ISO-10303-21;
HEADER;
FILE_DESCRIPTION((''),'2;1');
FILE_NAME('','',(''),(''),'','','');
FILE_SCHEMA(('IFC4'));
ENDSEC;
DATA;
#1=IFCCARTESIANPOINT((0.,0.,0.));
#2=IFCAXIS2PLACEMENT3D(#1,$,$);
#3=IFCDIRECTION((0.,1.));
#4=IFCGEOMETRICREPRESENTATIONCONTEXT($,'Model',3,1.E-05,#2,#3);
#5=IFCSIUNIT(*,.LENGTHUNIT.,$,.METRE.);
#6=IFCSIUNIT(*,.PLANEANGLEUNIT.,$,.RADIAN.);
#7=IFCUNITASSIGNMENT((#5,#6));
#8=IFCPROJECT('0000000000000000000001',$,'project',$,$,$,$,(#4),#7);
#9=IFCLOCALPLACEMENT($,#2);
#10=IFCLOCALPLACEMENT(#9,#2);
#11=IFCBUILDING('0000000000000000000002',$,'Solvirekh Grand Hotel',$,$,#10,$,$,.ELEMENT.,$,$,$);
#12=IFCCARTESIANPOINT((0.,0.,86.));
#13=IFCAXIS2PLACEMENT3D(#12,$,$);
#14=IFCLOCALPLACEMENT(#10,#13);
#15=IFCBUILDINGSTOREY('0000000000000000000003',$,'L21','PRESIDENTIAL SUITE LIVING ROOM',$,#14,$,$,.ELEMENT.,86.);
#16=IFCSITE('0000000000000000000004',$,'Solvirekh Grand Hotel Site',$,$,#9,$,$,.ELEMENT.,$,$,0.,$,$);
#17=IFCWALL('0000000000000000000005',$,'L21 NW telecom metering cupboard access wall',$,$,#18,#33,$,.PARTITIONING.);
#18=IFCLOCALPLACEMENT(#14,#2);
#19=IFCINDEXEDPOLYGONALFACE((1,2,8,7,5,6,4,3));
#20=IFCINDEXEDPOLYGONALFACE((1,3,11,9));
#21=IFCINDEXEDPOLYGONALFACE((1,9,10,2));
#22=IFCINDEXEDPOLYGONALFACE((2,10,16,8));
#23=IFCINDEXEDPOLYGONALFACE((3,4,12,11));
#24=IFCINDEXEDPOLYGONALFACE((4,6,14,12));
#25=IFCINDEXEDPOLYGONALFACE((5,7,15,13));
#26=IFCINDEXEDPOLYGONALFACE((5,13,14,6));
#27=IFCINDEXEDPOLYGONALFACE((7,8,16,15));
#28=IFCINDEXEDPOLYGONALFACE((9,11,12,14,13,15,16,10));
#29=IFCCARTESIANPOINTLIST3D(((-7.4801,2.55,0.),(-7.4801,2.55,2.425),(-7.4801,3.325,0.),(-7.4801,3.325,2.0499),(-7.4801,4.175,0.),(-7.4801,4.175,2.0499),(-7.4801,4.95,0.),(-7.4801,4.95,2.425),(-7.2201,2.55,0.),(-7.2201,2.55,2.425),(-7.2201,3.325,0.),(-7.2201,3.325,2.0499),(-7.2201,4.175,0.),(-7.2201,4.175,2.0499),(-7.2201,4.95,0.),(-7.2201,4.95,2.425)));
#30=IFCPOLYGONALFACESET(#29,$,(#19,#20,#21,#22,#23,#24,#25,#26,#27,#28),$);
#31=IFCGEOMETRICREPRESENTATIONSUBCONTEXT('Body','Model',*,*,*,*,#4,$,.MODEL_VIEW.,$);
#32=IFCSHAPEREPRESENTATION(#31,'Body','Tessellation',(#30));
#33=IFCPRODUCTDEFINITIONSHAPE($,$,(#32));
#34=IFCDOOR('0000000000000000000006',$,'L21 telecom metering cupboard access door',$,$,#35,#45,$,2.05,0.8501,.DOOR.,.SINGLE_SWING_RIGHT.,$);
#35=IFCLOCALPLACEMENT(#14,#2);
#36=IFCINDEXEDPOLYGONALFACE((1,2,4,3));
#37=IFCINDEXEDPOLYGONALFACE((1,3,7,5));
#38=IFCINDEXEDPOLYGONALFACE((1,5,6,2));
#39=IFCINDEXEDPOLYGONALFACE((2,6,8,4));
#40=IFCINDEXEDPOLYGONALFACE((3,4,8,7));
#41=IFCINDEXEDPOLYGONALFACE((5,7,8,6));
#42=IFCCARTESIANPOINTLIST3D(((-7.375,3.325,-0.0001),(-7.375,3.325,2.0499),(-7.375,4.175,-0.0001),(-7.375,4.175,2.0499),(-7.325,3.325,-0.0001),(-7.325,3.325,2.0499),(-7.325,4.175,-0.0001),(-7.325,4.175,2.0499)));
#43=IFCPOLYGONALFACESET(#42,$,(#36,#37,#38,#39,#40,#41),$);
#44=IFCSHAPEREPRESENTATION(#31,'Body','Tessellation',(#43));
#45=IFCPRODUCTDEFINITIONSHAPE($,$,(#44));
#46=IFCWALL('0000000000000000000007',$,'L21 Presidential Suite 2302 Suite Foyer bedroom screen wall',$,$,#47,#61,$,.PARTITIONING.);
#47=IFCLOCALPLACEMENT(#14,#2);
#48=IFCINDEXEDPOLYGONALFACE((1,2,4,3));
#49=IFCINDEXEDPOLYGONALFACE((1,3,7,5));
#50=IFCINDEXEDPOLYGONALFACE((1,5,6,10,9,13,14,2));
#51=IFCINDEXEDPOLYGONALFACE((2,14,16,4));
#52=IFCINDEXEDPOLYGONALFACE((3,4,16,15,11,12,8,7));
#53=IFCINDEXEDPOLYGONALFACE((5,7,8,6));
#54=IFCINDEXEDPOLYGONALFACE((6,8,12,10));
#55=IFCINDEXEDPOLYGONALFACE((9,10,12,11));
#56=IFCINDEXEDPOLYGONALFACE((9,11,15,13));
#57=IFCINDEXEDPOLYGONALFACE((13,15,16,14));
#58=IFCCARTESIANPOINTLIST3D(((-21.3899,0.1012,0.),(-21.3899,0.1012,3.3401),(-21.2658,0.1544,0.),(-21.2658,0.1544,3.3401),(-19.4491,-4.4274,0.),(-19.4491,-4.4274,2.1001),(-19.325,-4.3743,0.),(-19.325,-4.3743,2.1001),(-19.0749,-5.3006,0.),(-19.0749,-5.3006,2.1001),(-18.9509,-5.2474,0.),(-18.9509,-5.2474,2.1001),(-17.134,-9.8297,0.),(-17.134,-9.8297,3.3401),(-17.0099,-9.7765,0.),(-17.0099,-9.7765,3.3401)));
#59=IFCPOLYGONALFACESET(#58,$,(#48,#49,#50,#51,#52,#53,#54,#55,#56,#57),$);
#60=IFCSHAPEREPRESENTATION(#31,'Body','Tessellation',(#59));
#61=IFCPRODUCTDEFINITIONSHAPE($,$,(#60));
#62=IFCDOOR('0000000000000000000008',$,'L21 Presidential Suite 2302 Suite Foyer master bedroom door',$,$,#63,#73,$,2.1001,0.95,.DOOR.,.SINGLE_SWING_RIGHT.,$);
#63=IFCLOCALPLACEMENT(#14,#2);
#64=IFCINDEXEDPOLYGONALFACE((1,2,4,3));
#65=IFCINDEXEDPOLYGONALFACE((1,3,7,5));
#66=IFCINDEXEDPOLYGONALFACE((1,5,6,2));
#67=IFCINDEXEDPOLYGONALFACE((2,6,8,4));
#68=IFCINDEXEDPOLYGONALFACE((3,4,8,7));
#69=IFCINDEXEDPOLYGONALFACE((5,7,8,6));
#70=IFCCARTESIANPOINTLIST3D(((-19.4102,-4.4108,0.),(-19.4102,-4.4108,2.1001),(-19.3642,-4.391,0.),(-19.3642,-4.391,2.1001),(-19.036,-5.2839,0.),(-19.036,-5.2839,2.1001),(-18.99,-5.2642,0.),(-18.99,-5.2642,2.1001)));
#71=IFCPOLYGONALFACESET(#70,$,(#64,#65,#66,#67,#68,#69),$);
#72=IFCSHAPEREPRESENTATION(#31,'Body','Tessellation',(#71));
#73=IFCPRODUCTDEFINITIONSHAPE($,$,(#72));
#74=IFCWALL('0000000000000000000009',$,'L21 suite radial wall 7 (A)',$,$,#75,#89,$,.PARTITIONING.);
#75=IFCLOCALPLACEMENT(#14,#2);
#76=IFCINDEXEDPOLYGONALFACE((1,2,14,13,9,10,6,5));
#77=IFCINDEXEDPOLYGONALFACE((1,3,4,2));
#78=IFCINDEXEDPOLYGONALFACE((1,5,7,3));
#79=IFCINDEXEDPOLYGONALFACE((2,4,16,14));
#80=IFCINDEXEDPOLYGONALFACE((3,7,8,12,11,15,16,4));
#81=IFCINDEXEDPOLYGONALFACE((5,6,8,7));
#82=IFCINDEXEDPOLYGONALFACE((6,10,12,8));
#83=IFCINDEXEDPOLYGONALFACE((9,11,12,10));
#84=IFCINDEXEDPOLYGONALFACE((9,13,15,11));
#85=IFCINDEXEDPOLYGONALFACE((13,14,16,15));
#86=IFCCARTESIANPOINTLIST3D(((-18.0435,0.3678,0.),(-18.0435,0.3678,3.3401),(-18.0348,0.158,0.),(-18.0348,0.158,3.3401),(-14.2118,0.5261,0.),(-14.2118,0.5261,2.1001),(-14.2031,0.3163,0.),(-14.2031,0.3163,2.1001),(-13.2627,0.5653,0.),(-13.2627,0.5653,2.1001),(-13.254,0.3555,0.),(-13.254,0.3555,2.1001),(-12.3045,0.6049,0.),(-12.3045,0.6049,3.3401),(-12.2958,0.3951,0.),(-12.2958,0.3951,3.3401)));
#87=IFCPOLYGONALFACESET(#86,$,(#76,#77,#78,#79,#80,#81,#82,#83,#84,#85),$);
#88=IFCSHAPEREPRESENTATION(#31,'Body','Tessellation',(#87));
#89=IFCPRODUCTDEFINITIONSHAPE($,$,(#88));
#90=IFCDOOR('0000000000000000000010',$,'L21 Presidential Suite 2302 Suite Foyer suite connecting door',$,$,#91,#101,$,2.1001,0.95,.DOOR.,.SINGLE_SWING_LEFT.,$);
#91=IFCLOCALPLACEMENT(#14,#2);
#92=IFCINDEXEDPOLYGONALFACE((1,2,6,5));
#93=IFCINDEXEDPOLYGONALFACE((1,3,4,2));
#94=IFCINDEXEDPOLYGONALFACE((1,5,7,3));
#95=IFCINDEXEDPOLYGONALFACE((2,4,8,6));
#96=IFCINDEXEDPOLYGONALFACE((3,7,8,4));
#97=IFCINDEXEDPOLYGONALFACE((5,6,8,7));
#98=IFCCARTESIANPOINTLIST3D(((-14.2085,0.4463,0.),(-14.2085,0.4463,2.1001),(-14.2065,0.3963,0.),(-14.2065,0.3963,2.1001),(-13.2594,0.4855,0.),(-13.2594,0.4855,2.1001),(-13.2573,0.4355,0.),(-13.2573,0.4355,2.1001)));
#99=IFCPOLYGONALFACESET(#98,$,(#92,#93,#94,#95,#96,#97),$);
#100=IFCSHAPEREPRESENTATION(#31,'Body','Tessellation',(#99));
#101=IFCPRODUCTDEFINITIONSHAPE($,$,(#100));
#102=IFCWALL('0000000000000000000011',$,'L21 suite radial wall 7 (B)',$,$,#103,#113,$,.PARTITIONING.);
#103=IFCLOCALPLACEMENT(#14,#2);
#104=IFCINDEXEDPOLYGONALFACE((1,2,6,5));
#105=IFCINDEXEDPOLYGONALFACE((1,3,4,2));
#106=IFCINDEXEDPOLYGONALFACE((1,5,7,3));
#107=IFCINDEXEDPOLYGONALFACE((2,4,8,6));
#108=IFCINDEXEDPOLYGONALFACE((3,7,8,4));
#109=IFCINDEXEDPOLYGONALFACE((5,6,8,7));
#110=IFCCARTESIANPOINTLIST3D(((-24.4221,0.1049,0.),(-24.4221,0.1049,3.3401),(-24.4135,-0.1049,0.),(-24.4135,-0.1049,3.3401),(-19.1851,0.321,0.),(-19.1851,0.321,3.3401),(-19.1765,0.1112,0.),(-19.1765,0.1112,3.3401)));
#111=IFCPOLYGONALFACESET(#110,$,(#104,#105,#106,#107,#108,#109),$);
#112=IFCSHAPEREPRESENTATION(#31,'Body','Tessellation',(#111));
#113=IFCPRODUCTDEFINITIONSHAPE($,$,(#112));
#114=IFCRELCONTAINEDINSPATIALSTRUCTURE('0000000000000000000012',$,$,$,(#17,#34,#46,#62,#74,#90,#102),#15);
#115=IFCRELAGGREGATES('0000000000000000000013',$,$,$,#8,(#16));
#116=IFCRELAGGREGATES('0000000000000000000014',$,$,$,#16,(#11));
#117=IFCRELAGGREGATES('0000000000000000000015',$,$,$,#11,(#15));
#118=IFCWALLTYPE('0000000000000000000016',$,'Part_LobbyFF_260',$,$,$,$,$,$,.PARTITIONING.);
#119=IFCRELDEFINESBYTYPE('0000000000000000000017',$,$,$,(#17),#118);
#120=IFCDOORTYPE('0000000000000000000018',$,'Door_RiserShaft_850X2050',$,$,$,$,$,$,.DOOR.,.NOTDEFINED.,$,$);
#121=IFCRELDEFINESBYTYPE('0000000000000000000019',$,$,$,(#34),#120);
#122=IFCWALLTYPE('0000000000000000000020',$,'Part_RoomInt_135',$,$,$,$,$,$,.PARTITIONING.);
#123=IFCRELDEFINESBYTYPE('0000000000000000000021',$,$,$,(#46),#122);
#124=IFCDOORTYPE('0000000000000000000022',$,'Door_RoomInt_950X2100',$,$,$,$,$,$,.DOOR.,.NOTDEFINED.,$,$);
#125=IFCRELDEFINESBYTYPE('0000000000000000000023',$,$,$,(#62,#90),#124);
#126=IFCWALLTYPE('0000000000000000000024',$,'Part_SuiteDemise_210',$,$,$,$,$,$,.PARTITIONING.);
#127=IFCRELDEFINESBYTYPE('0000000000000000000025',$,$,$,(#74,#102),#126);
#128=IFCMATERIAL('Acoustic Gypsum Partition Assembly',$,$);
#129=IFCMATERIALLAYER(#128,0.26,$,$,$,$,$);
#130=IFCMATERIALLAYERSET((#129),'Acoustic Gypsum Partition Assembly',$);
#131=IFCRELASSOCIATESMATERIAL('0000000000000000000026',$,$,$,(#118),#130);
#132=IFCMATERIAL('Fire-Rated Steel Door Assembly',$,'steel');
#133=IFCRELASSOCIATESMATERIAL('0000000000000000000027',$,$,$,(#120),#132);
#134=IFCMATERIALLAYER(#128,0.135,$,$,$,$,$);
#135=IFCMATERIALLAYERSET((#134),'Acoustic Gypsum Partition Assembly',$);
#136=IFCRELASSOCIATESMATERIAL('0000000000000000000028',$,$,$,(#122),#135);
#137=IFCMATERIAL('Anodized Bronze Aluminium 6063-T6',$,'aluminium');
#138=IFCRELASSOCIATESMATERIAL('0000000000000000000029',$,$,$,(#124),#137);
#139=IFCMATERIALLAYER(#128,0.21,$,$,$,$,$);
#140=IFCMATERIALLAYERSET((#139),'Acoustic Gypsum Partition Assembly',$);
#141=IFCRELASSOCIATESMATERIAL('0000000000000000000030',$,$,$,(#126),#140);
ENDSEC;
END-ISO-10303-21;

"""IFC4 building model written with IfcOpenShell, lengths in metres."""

from ifc_helpers import new_model, si_unit, direction, frame, frame_2d, origin, place, context, subcontext, project, spatial, rectangle, extrude, material, layer, layer_set, type_object, element, fill, save


model = new_model("IFC4")

# Units and contexts
model_context = context("Model", 3, precision=1e-05, world=origin(), true_north=direction((0.0, 1.0)))
body_context = subcontext(model_context, "Body", "Model", "MODEL_VIEW")
ifc_project = project(units=[si_unit("LENGTHUNIT", "METRE"), si_unit("PLANEANGLEUNIT", "RADIAN")], contexts=[model_context])

# Site, building, storey
site_placement = place(None, origin())
site = spatial("IfcSite", under=ifc_project, at=site_placement, Name="Solvirekh Grand Hotel Site", CompositionType="ELEMENT", RefElevation=0.0)
building_placement = place(site_placement, origin())
building = spatial("IfcBuilding", under=site, at=building_placement, Name="Solvirekh Grand Hotel", CompositionType="ELEMENT")
storey_placement = place(building_placement, frame((0.0, 0.0, 86.0)))
storey = spatial("IfcBuildingStorey", under=building, at=storey_placement, Name="L21", Description="PRESIDENTIAL SUITE LIVING ROOM", CompositionType="ELEMENT", Elevation=86.0)

# Shared definitions
ifc_material_1 = material(Name="Anodized Bronze Aluminium 6063-T6", Category="aluminium")

# Shared definitions
ifc_material_2 = material(Name="Acoustic Gypsum Partition Assembly")
ifc_layer_1 = layer(ifc_material_2, 0.26)
ifc_layer_set_1 = layer_set([ifc_layer_1], Name="Acoustic Gypsum Partition Assembly")
wall_type_1 = type_object("IfcWallType", Name="Part_LobbyFF_260", PredefinedType="PARTITIONING", material=ifc_layer_set_1)

# Walls, openings, doors
wall_1_placement = place(storey_placement, frame((-7.3501, 2.55, 0.0), z_axis=(0.0, 0.0, 1.0), x_axis=(0.0, 1.0, 0.0)))
wall_1 = element("IfcWall", 1, at=wall_1_placement, inside=storey, type_object=wall_type_1, Name="L21 NW telecom metering cupboard access wall", PredefinedType="PARTITIONING", context=body_context, shape_type="SweptSolid", body=[
    extrude(rectangle(XDim=2.3999, YDim=0.26, at=frame_2d((1.2, 0.0))), origin(), (0.0, 0.0, 1.0), 2.425),
])
opening_1_placement = place(wall_1_placement, frame((0.7749, 0.0, 0.0)))
opening_1 = element("IfcOpeningElement", 2, at=opening_1_placement, cuts=wall_1, PredefinedType="OPENING", context=body_context, shape_type="SweptSolid", body=[
    extrude(rectangle(XDim=0.8501, YDim=2.05, at=frame_2d((0.425, 1.0249))), frame((0.0, 0.1401, 0.0), z_axis=(0.0, -1.0, 0.0), x_axis=(1.0, 0.0, 0.0)), (0.0, 0.0, 1.0), 0.28),
])
ifc_material_3 = material(Name="Fire-Rated Steel Door Assembly", Category="steel")
door_type_1 = type_object("IfcDoorType", Name="Door_RiserShaft_850X2050", OperationType="NOTDEFINED", PredefinedType="DOOR", material=ifc_material_3)
door_1_placement = place(opening_1_placement, origin())
door_1 = element("IfcDoor", 3, at=door_1_placement, inside=storey, type_object=door_type_1, Name="L21 telecom metering cupboard access door", OperationType="SINGLE_SWING_RIGHT", OverallHeight=2.05, OverallWidth=0.8501, PredefinedType="DOOR", context=body_context, shape_type="SweptSolid", body=[
    extrude(rectangle(XDim=0.8501, YDim=2.05, at=frame_2d((0.425, 1.0249))), frame((0.0, 0.0249, 0.0), z_axis=(0.0, -1.0, 0.0), x_axis=(1.0, 0.0, 0.0)), (0.0, 0.0, 1.0), 0.05),
])
fill(opening_1, door_1)
ifc_layer_2 = layer(ifc_material_2, 0.135)
ifc_layer_set_2 = layer_set([ifc_layer_2], Name="Acoustic Gypsum Partition Assembly")
wall_type_2 = type_object("IfcWallType", Name="Part_RoomInt_135", PredefinedType="PARTITIONING", material=ifc_layer_set_2)
wall_2_placement = place(storey_placement, frame((-21.3279, 0.1279, 0.0), z_axis=(0.0, 0.0, 1.0), x_axis=(0.3939, -0.919153, 0.0)))
wall_2 = element("IfcWall", 4, at=wall_2_placement, inside=storey, type_object=wall_type_2, Name="L21 Presidential Suite 2302 Suite Foyer bedroom screen wall", PredefinedType="PARTITIONING", context=body_context, shape_type="SweptSolid", body=[
    extrude(rectangle(XDim=10.8044, YDim=0.135, at=frame_2d((5.4023, 0.0))), origin(), (0.0, 0.0, 1.0), 3.3401),
])
opening_2_placement = place(wall_2_placement, frame((4.927, 0.0, 0.0)))
opening_2 = element("IfcOpeningElement", 5, at=opening_2_placement, cuts=wall_2, PredefinedType="OPENING", context=body_context, shape_type="SweptSolid", body=[
    extrude(rectangle(XDim=0.95, YDim=2.1001, at=frame_2d((0.4751, 1.05))), frame((0.0, 0.0776, 0.0), z_axis=(0.0, -1.0, 0.0), x_axis=(1.0, 0.0, 0.0)), (0.0, 0.0, 1.0), 0.155),
])
door_type_2 = type_object("IfcDoorType", Name="Door_RoomInt_950X2100", OperationType="NOTDEFINED", PredefinedType="DOOR", material=ifc_material_1)
door_2_placement = place(opening_2_placement, origin())
door_2 = element("IfcDoor", 6, at=door_2_placement, inside=storey, type_object=door_type_2, Name="L21 Presidential Suite 2302 Suite Foyer master bedroom door", OperationType="SINGLE_SWING_RIGHT", OverallHeight=2.1001, OverallWidth=0.95, PredefinedType="DOOR", context=body_context, shape_type="SweptSolid", body=[
    extrude(rectangle(XDim=0.95, YDim=2.1001, at=frame_2d((0.4751, 1.05))), frame((0.0, 0.0249, 0.0), z_axis=(0.0, -1.0, 0.0), x_axis=(1.0, 0.0, 0.0)), (0.0, 0.0, 1.0), 0.05),
])
fill(opening_2, door_2)
ifc_layer_3 = layer(ifc_material_2, 0.21)
ifc_layer_set_3 = layer_set([ifc_layer_3], Name="Acoustic Gypsum Partition Assembly")
wall_type_3 = type_object("IfcWallType", Name="Part_SuiteDemise_210", PredefinedType="PARTITIONING", material=ifc_layer_set_3)
wall_3_placement = place(storey_placement, frame((-12.3, 0.5, 0.0), z_axis=(0.0, 0.0, 1.0), x_axis=(-0.999148, -0.041272, 0.0)))
wall_3 = element("IfcWall", 7, at=wall_3_placement, inside=storey, type_object=wall_type_3, Name="L21 suite radial wall 7 (A)", PredefinedType="PARTITIONING", context=body_context, shape_type="SweptSolid", body=[
    extrude(rectangle(XDim=5.7439, YDim=0.21, at=frame_2d((2.8721, 0.0))), origin(), (0.0, 0.0, 1.0), 3.3401),
])
opening_3_placement = place(wall_3_placement, frame((0.959, 0.0, 0.0)))
opening_3 = element("IfcOpeningElement", 8, at=opening_3_placement, cuts=wall_3, PredefinedType="OPENING", context=body_context, shape_type="SweptSolid", body=[
    extrude(rectangle(XDim=0.95, YDim=2.1001, at=frame_2d((0.4751, 1.05))), frame((0.0, 0.115, 0.0), z_axis=(0.0, -1.0, 0.0), x_axis=(1.0, 0.0, 0.0)), (0.0, 0.0, 1.0), 0.23),
])
door_3_placement = place(opening_3_placement, origin())
door_3 = element("IfcDoor", 9, at=door_3_placement, inside=storey, type_object=door_type_2, Name="L21 Presidential Suite 2302 Suite Foyer suite connecting door", OperationType="SINGLE_SWING_LEFT", OverallHeight=2.1001, OverallWidth=0.95, PredefinedType="DOOR", context=body_context, shape_type="SweptSolid", body=[
    extrude(rectangle(XDim=0.95, YDim=2.1001, at=frame_2d((0.4751, 1.05))), frame((0.0, 0.0249, 0.0), z_axis=(0.0, -1.0, 0.0), x_axis=(1.0, 0.0, 0.0)), (0.0, 0.0, 1.0), 0.05),
])
fill(opening_3, door_3)

# Wall
wall_4_placement = place(storey_placement, frame((-19.1809, 0.2161, 0.0), z_axis=(0.0, 0.0, 1.0), x_axis=(-0.99915, -0.041222, 0.0)))
element("IfcWall", 10, at=wall_4_placement, inside=storey, type_object=wall_type_3, Name="L21 suite radial wall 7 (B)", PredefinedType="PARTITIONING", context=body_context, shape_type="SweptSolid", body=[
    extrude(rectangle(XDim=5.2415, YDim=0.21, at=frame_2d((2.6206, 0.0))), origin(), (0.0, 0.0, 1.0), 3.3401),
])

save(model, "model.ifc")
